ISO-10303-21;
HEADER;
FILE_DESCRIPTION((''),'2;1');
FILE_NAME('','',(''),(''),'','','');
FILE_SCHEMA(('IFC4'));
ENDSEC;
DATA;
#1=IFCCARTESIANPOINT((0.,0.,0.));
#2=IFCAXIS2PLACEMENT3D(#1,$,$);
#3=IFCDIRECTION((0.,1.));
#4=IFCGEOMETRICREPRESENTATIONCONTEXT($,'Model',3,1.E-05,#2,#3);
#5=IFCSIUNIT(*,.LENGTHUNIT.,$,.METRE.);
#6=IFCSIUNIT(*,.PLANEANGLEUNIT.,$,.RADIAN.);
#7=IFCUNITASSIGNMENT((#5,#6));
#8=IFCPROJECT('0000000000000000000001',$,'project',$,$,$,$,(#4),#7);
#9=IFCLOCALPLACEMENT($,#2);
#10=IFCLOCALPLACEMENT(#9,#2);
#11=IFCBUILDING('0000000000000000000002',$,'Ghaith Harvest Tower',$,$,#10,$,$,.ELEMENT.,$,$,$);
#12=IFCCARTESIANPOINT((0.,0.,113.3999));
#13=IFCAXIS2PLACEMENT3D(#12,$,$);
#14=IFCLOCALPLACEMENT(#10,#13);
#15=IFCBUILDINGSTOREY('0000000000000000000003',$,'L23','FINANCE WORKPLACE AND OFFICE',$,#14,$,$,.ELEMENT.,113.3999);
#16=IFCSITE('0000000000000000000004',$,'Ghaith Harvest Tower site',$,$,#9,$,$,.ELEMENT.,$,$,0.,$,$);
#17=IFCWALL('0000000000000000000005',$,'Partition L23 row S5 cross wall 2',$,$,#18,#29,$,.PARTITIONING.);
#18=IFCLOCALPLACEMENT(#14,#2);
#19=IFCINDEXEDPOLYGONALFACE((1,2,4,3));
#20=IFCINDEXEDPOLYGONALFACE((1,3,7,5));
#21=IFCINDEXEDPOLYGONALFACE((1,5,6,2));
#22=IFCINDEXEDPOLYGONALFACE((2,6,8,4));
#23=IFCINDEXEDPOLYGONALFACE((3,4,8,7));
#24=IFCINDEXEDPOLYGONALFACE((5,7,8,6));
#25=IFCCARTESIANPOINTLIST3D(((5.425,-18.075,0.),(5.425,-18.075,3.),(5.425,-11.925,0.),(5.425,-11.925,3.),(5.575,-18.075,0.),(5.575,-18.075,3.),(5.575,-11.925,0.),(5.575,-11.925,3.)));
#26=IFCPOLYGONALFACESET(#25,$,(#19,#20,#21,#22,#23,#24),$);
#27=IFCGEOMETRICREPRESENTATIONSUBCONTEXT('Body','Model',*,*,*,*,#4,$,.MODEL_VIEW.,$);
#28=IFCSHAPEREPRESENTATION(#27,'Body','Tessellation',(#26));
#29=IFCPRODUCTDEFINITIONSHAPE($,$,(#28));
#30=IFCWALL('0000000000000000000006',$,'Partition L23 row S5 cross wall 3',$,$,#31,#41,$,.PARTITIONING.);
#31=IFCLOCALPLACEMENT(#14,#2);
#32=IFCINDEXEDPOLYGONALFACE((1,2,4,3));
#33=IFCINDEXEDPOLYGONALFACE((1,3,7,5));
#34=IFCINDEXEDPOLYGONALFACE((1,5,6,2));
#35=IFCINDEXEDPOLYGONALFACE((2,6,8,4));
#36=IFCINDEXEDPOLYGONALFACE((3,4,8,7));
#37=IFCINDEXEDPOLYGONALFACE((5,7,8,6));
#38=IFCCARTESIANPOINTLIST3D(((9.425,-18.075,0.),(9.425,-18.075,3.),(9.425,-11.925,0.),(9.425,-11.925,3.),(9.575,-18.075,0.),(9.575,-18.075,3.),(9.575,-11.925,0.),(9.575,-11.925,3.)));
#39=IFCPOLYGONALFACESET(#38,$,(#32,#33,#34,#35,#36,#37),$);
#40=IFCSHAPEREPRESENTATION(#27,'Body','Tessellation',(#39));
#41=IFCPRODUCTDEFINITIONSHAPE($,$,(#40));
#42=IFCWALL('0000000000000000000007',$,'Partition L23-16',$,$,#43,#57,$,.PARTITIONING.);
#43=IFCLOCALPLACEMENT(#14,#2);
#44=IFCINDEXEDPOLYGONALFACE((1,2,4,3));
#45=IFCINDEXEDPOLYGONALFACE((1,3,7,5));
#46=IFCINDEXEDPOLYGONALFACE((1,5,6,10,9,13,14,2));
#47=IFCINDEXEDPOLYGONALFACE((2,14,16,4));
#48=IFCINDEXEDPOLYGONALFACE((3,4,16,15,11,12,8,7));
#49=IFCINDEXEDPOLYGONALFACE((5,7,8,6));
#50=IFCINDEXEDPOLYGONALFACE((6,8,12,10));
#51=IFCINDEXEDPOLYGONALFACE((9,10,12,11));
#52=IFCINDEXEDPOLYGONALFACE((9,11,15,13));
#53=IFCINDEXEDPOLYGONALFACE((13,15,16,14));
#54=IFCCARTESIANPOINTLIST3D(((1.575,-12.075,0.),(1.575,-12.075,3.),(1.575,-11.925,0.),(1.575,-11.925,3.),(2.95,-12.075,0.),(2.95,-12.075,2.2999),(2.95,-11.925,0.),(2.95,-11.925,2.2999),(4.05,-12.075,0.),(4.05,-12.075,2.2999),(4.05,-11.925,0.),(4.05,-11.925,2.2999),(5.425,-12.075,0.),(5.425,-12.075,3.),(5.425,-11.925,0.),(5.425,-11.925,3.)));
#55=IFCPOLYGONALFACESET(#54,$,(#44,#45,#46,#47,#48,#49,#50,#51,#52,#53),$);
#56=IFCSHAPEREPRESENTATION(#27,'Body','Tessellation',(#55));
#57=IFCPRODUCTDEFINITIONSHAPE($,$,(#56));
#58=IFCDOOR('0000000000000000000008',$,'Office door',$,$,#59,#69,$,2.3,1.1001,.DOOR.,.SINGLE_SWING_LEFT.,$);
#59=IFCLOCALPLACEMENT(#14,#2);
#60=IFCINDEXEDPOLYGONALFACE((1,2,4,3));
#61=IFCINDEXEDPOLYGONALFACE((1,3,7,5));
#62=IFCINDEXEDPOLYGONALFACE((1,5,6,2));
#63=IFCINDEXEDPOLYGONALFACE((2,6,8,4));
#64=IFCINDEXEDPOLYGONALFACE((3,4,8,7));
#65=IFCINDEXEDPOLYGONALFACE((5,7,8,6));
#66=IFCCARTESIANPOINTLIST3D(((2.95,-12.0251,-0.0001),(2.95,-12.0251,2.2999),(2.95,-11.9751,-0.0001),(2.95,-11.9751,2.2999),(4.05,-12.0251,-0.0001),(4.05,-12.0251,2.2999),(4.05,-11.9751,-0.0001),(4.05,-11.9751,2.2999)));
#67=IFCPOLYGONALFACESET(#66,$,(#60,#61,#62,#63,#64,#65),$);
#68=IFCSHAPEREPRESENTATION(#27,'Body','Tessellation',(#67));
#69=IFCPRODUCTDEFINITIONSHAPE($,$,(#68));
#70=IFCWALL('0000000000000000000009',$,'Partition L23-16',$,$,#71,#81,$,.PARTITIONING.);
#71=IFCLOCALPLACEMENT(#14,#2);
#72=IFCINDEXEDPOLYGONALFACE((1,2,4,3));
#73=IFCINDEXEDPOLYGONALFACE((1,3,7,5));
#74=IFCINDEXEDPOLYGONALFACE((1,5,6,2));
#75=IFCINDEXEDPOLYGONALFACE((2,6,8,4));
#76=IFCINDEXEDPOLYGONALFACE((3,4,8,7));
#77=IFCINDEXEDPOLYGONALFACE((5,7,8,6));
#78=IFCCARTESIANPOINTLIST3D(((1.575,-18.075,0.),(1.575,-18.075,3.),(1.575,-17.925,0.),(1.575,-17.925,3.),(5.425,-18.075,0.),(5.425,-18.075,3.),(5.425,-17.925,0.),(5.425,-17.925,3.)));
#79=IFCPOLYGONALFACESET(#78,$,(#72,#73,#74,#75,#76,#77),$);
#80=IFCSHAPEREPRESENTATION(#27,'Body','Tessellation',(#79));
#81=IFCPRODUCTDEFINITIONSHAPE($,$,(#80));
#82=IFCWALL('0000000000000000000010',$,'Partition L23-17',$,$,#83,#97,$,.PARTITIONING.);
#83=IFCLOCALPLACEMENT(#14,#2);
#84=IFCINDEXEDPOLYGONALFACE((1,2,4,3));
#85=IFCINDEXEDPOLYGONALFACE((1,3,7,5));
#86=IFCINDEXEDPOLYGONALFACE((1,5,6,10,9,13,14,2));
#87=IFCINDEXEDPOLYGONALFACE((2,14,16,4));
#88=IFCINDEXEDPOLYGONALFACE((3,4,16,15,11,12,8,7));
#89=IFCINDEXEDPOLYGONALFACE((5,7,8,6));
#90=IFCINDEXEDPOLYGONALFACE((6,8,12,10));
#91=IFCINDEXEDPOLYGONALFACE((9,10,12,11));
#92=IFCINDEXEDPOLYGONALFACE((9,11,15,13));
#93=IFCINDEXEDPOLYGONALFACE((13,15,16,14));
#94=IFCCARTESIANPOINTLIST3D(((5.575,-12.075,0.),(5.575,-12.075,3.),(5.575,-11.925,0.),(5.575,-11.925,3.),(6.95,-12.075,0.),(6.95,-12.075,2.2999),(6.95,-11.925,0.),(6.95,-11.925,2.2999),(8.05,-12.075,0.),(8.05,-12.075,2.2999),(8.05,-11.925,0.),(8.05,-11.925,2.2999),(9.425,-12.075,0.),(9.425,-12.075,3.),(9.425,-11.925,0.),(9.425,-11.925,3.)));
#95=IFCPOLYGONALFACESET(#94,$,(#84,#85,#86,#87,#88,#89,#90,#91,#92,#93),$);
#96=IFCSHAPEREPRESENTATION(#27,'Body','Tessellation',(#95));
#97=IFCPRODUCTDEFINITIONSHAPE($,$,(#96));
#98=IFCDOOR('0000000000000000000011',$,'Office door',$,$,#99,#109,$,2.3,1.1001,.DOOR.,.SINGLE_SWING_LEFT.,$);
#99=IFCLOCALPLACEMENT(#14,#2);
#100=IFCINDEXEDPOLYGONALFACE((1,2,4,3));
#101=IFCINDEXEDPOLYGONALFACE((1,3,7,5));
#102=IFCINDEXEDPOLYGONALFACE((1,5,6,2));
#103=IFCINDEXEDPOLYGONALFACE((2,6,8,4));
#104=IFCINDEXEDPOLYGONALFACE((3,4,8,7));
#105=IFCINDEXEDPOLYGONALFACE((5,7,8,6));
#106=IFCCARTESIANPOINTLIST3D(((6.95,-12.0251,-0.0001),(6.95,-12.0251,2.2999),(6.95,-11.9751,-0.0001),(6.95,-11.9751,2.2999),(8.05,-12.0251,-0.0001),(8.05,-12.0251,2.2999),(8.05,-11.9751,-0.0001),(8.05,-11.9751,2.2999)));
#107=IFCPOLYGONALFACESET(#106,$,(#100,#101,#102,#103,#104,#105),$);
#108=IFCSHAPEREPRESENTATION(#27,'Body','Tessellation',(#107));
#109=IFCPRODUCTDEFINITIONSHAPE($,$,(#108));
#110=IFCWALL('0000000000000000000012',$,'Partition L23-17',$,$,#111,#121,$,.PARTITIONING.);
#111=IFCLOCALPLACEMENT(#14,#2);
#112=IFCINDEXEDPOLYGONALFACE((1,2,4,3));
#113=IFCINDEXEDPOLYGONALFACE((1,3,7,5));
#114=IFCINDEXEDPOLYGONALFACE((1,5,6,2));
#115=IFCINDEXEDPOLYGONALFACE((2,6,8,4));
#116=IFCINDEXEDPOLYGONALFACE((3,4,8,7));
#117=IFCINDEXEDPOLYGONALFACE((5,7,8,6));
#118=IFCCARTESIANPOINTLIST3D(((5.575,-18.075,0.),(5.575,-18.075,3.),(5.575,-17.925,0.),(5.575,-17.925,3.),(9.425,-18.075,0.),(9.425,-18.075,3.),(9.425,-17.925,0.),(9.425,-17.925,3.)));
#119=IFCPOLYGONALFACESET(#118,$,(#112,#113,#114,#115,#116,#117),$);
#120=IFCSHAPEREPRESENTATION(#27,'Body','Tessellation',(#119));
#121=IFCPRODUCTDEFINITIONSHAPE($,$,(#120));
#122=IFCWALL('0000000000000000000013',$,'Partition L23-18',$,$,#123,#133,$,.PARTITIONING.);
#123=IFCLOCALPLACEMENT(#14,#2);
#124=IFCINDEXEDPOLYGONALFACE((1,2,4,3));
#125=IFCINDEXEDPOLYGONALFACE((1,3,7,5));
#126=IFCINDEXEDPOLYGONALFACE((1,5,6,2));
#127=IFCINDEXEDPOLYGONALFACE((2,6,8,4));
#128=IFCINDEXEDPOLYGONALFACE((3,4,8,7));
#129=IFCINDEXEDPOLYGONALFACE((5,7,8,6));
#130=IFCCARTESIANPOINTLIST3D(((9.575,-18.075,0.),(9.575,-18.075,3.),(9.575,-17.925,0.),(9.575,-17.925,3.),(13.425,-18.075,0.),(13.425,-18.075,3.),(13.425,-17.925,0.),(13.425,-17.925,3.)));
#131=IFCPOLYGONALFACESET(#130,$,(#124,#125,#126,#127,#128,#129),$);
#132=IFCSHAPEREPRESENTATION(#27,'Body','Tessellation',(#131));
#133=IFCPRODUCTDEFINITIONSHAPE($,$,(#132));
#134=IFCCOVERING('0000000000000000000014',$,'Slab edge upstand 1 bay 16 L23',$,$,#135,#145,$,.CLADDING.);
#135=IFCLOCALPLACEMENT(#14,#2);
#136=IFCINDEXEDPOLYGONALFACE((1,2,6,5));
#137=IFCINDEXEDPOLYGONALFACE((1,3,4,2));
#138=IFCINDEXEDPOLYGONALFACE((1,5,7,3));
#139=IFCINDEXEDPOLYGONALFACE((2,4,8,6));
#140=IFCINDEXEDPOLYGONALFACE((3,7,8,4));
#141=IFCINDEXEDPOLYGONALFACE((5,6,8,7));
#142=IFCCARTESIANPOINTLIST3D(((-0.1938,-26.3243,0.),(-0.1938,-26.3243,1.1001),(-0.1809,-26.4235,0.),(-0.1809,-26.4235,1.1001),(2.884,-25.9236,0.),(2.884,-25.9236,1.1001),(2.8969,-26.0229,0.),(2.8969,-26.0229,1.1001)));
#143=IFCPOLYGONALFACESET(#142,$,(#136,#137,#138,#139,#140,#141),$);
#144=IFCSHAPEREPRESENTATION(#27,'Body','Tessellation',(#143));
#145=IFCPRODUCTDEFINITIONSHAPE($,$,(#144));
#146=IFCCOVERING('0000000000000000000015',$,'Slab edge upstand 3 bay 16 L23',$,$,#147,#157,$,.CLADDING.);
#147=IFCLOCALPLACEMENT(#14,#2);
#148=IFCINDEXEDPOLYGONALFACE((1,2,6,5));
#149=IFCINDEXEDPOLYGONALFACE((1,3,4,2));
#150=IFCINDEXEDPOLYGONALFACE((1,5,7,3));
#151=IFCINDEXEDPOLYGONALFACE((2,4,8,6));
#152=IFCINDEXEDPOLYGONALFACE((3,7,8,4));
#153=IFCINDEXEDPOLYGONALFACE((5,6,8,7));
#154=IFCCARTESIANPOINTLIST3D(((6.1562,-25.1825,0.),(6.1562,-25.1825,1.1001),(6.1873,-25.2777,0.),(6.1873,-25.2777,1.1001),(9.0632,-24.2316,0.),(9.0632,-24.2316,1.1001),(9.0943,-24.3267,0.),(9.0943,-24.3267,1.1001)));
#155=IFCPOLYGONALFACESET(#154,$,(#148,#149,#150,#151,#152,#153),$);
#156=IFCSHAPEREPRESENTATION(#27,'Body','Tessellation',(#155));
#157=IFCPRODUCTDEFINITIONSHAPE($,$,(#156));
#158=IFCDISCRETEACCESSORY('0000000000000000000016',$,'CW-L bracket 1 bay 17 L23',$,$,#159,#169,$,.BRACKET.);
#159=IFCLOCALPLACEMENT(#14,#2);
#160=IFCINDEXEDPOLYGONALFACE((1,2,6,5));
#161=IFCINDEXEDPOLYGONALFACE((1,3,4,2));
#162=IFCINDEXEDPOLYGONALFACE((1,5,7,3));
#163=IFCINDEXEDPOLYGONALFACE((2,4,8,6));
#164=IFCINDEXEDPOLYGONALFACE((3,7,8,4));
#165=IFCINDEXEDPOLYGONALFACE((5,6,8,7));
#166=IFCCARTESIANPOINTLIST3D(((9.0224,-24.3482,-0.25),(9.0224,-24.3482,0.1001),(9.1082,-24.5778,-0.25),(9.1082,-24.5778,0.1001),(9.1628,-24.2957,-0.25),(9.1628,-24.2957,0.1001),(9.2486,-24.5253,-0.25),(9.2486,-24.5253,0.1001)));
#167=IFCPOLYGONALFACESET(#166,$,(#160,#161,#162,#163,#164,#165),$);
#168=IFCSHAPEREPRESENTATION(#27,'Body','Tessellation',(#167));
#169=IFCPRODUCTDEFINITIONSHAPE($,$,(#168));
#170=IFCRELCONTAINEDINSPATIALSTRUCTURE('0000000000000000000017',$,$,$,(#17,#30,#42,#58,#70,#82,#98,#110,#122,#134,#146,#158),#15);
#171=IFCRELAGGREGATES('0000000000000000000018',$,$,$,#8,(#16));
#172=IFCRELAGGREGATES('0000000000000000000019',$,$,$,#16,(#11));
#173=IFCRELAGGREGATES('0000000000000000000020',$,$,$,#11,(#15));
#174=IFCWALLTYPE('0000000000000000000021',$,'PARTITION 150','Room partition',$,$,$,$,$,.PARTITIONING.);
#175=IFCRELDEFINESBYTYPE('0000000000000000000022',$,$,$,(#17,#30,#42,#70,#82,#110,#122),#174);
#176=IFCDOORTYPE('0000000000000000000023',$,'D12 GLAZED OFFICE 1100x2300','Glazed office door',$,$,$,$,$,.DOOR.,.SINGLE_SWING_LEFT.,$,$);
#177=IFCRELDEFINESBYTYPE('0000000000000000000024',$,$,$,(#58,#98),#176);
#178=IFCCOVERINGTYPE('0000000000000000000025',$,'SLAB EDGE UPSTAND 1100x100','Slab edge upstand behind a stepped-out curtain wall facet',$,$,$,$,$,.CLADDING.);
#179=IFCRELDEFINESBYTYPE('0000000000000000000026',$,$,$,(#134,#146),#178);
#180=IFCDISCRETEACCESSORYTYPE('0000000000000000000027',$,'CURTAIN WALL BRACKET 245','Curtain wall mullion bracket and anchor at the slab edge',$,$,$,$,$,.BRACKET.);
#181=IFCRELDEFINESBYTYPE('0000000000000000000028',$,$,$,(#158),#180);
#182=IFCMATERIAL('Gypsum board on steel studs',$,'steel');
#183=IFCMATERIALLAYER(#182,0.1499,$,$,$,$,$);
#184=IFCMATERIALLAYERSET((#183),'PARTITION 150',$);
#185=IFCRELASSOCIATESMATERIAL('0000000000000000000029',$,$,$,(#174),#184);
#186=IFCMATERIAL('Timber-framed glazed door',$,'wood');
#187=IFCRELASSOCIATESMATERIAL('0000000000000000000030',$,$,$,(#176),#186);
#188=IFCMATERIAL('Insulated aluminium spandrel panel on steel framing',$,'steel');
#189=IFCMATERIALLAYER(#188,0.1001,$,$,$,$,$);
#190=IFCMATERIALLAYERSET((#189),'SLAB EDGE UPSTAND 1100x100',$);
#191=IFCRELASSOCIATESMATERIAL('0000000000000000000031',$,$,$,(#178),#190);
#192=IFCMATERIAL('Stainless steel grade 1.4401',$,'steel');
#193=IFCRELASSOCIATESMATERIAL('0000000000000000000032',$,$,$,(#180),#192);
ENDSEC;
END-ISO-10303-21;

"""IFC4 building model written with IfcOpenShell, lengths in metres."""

from ifc_helpers import new_model, si_unit, direction, frame, frame_2d, origin, origin_2d, place, context, subcontext, project, spatial, rectangle, extrude, material, layer, layer_set, type_object, element, fill, save


model = new_model("IFC4")

# Units and contexts
model_context = context("Model", 3, precision=1e-05, world=origin(), true_north=direction((0.0, 1.0)))
body_context = subcontext(model_context, "Body", "Model", "MODEL_VIEW")
ifc_project = project(units=[si_unit("LENGTHUNIT", "METRE"), si_unit("PLANEANGLEUNIT", "RADIAN")], contexts=[model_context])

# Site, building, storey
site_placement = place(None, origin())
site = spatial("IfcSite", under=ifc_project, at=site_placement, Name="Ghaith Harvest Tower site", CompositionType="ELEMENT", RefElevation=0.0)
building_placement = place(site_placement, origin())
building = spatial("IfcBuilding", under=site, at=building_placement, Name="Ghaith Harvest Tower", CompositionType="ELEMENT")
storey_placement = place(building_placement, frame((0.0, 0.0, 113.3999)))
storey = spatial("IfcBuildingStorey", under=building, at=storey_placement, Name="L23", Description="FINANCE WORKPLACE AND OFFICE", CompositionType="ELEMENT", Elevation=113.3999)

# Walls
ifc_material_1 = material(Name="Gypsum board on steel studs", Category="steel")
ifc_layer_1 = layer(ifc_material_1, 0.1499)
ifc_layer_set_1 = layer_set([ifc_layer_1], Name="PARTITION 150")
wall_type = type_object("IfcWallType", Name="PARTITION 150", Description="Room partition", PredefinedType="PARTITIONING", material=ifc_layer_set_1)
for number, where, z_axis, x_axis, name in (
    (1, (5.5, -11.925, 0.0), (0.0, 0.0, 1.0), (0.0, -1.0, 0.0), "Partition L23 row S5 cross wall 2"),
    (2, (9.5, -11.925, 0.0), (0.0, 0.0, 1.0), (0.0, -1.0, 0.0), "Partition L23 row S5 cross wall 3"),
):
    element("IfcWall", number, at=place(storey_placement, frame(where, z_axis=z_axis, x_axis=x_axis)), inside=storey, type_object=wall_type, Name=name, PredefinedType="PARTITIONING", context=body_context, shape_type="SweptSolid", body=[
        extrude(rectangle(XDim=6.1499, YDim=0.1499, at=frame_2d((3.075, 0.0))), origin(), (0.0, 0.0, 1.0), 3.0),
    ])

# Wall, opening, door
wall_1_placement = place(storey_placement, frame((1.575, -12.0, 0.0), z_axis=(0.0, 0.0, 1.0), x_axis=(1.0, 0.0, 0.0)))
wall_1 = element("IfcWall", 3, at=wall_1_placement, inside=storey, type_object=wall_type, Name="Partition L23-16", PredefinedType="PARTITIONING", context=body_context, shape_type="SweptSolid", body=[
    extrude(rectangle(XDim=3.8501, YDim=0.1499, at=frame_2d((1.925, 0.0))), origin(), (0.0, 0.0, 1.0), 3.0),
])
opening_1_placement = place(wall_1_placement, frame((1.375, 0.0, 0.0)))
opening_1 = element("IfcOpeningElement", 4, at=opening_1_placement, cuts=wall_1, PredefinedType="OPENING", context=body_context, shape_type="SweptSolid", body=[
    extrude(rectangle(XDim=1.1001, YDim=2.3, at=frame_2d((0.55, 1.1499))), frame((0.0, 0.085, 0.0), z_axis=(0.0, -1.0, 0.0), x_axis=(1.0, 0.0, 0.0)), (0.0, 0.0, 1.0), 0.1699),
])
ifc_material_2 = material(Name="Timber-framed glazed door", Category="wood")
door_type = type_object("IfcDoorType", Name="D12 GLAZED OFFICE 1100x2300", Description="Glazed office door", OperationType="SINGLE_SWING_LEFT", PredefinedType="DOOR", material=ifc_material_2)
door_1_placement = place(opening_1_placement, origin())
door_1 = element("IfcDoor", 5, at=door_1_placement, inside=storey, type_object=door_type, Name="Office door", OperationType="SINGLE_SWING_LEFT", OverallHeight=2.3, OverallWidth=1.1001, PredefinedType="DOOR", context=body_context, shape_type="SweptSolid", body=[
    extrude(rectangle(XDim=1.1001, YDim=2.3, at=frame_2d((0.55, 1.1499))), frame((0.0, 0.0249, 0.0), z_axis=(0.0, -1.0, 0.0), x_axis=(1.0, 0.0, 0.0)), (0.0, 0.0, 1.0), 0.05),
])
fill(opening_1, door_1)

# Wall
wall_2_placement = place(storey_placement, frame((1.575, -18.0, 0.0), z_axis=(0.0, 0.0, 1.0), x_axis=(1.0, 0.0, 0.0)))
element("IfcWall", 6, at=wall_2_placement, inside=storey, type_object=wall_type, Name="Partition L23-16", PredefinedType="PARTITIONING", context=body_context, shape_type="SweptSolid", body=[
    extrude(rectangle(XDim=3.8501, YDim=0.1499, at=frame_2d((1.925, 0.0))), origin(), (0.0, 0.0, 1.0), 3.0),
])

# Wall, opening, door
wall_3_placement = place(storey_placement, frame((5.575, -12.0, 0.0), z_axis=(0.0, 0.0, 1.0), x_axis=(1.0, 0.0, 0.0)))
wall_3 = element("IfcWall", 7, at=wall_3_placement, inside=storey, type_object=wall_type, Name="Partition L23-17", PredefinedType="PARTITIONING", context=body_context, shape_type="SweptSolid", body=[
    extrude(rectangle(XDim=3.8501, YDim=0.1499, at=frame_2d((1.925, 0.0))), origin(), (0.0, 0.0, 1.0), 3.0),
])
opening_2_placement = place(wall_3_placement, frame((1.375, 0.0, 0.0)))
opening_2 = element("IfcOpeningElement", 8, at=opening_2_placement, cuts=wall_3, PredefinedType="OPENING", context=body_context, shape_type="SweptSolid", body=[
    extrude(rectangle(XDim=1.1001, YDim=2.3, at=frame_2d((0.55, 1.1499))), frame((0.0, 0.085, 0.0), z_axis=(0.0, -1.0, 0.0), x_axis=(1.0, 0.0, 0.0)), (0.0, 0.0, 1.0), 0.1699),
])
door_2_placement = place(opening_2_placement, origin())
door_2 = element("IfcDoor", 9, at=door_2_placement, inside=storey, type_object=door_type, Name="Office door", OperationType="SINGLE_SWING_LEFT", OverallHeight=2.3, OverallWidth=1.1001, PredefinedType="DOOR", context=body_context, shape_type="SweptSolid", body=[
    extrude(rectangle(XDim=1.1001, YDim=2.3, at=frame_2d((0.55, 1.1499))), frame((0.0, 0.0249, 0.0), z_axis=(0.0, -1.0, 0.0), x_axis=(1.0, 0.0, 0.0)), (0.0, 0.0, 1.0), 0.05),
])
fill(opening_2, door_2)

# Walls
for number, where, z_axis, x_axis, name in (
    (10, (5.575, -18.0, 0.0), (0.0, 0.0, 1.0), (1.0, 0.0, 0.0), "Partition L23-17"),
    (11, (9.575, -18.0, 0.0), (0.0, 0.0, 1.0), (1.0, 0.0, 0.0), "Partition L23-18"),
):
    element("IfcWall", number, at=place(storey_placement, frame(where, z_axis=z_axis, x_axis=x_axis)), inside=storey, type_object=wall_type, Name=name, PredefinedType="PARTITIONING", context=body_context, shape_type="SweptSolid", body=[
        extrude(rectangle(XDim=3.8501, YDim=0.1499, at=frame_2d((1.925, 0.0))), origin(), (0.0, 0.0, 1.0), 3.0),
    ])

# Coverings
ifc_material_3 = material(Name="Insulated aluminium spandrel panel on steel framing", Category="steel")
ifc_layer_2 = layer(ifc_material_3, 0.1001)
ifc_layer_set_2 = layer_set([ifc_layer_2], Name="SLAB EDGE UPSTAND 1100x100")
covering_type = type_object("IfcCoveringType", Name="SLAB EDGE UPSTAND 1100x100", Description="Slab edge upstand behind a stepped-out curtain wall facet", PredefinedType="CLADDING", material=ifc_layer_set_2)
covering_1_placement = place(storey_placement, frame((1.3516, -26.1736, 0.0), z_axis=(0.0, 0.0, 1.0), x_axis=(0.991634, 0.129084, 0.0)))
element("IfcCovering", 12, at=covering_1_placement, inside=storey, type_object=covering_type, Name="Slab edge upstand 1 bay 16 L23", PredefinedType="CLADDING", context=body_context, shape_type="SweptSolid", body=[
    extrude(rectangle(XDim=3.1038, YDim=0.1001, at=origin_2d()), origin(), (0.0, 0.0, 1.0), 1.1001),
])
covering_2_placement = place(storey_placement, frame((7.6252, -24.7546, 0.0), z_axis=(0.0, 0.0, 1.0), x_axis=(0.950441, 0.310904, 0.0)))
element("IfcCovering", 13, at=covering_2_placement, inside=storey, type_object=covering_type, Name="Slab edge upstand 3 bay 16 L23", PredefinedType="CLADDING", context=body_context, shape_type="SweptSolid", body=[
    extrude(rectangle(XDim=3.0586, YDim=0.1001, at=origin_2d()), origin(), (0.0, 0.0, 1.0), 1.1001),
])

# Discrete accessory
ifc_material_4 = material(Name="Stainless steel grade 1.4401", Category="steel")
discrete_accessory_type = type_object("IfcDiscreteAccessoryType", Name="CURTAIN WALL BRACKET 245", Description="Curtain wall mullion bracket and anchor at the slab edge", PredefinedType="BRACKET", material=ifc_material_4)
discrete_accessory_placement = place(storey_placement, frame((9.1355, -24.4368, -0.25), z_axis=(0.0, 0.0, 1.0), x_axis=(0.350168, -0.936687, 0.0)))
element("IfcDiscreteAccessory", 14, at=discrete_accessory_placement, inside=storey, type_object=discrete_accessory_type, Name="CW-L bracket 1 bay 17 L23", PredefinedType="BRACKET", context=body_context, shape_type="SweptSolid", body=[
    extrude(rectangle(XDim=0.2451, YDim=0.1499, at=origin_2d()), origin(), (0.0, 0.0, 1.0), 0.3501),
])

save(model, "model.ifc")
